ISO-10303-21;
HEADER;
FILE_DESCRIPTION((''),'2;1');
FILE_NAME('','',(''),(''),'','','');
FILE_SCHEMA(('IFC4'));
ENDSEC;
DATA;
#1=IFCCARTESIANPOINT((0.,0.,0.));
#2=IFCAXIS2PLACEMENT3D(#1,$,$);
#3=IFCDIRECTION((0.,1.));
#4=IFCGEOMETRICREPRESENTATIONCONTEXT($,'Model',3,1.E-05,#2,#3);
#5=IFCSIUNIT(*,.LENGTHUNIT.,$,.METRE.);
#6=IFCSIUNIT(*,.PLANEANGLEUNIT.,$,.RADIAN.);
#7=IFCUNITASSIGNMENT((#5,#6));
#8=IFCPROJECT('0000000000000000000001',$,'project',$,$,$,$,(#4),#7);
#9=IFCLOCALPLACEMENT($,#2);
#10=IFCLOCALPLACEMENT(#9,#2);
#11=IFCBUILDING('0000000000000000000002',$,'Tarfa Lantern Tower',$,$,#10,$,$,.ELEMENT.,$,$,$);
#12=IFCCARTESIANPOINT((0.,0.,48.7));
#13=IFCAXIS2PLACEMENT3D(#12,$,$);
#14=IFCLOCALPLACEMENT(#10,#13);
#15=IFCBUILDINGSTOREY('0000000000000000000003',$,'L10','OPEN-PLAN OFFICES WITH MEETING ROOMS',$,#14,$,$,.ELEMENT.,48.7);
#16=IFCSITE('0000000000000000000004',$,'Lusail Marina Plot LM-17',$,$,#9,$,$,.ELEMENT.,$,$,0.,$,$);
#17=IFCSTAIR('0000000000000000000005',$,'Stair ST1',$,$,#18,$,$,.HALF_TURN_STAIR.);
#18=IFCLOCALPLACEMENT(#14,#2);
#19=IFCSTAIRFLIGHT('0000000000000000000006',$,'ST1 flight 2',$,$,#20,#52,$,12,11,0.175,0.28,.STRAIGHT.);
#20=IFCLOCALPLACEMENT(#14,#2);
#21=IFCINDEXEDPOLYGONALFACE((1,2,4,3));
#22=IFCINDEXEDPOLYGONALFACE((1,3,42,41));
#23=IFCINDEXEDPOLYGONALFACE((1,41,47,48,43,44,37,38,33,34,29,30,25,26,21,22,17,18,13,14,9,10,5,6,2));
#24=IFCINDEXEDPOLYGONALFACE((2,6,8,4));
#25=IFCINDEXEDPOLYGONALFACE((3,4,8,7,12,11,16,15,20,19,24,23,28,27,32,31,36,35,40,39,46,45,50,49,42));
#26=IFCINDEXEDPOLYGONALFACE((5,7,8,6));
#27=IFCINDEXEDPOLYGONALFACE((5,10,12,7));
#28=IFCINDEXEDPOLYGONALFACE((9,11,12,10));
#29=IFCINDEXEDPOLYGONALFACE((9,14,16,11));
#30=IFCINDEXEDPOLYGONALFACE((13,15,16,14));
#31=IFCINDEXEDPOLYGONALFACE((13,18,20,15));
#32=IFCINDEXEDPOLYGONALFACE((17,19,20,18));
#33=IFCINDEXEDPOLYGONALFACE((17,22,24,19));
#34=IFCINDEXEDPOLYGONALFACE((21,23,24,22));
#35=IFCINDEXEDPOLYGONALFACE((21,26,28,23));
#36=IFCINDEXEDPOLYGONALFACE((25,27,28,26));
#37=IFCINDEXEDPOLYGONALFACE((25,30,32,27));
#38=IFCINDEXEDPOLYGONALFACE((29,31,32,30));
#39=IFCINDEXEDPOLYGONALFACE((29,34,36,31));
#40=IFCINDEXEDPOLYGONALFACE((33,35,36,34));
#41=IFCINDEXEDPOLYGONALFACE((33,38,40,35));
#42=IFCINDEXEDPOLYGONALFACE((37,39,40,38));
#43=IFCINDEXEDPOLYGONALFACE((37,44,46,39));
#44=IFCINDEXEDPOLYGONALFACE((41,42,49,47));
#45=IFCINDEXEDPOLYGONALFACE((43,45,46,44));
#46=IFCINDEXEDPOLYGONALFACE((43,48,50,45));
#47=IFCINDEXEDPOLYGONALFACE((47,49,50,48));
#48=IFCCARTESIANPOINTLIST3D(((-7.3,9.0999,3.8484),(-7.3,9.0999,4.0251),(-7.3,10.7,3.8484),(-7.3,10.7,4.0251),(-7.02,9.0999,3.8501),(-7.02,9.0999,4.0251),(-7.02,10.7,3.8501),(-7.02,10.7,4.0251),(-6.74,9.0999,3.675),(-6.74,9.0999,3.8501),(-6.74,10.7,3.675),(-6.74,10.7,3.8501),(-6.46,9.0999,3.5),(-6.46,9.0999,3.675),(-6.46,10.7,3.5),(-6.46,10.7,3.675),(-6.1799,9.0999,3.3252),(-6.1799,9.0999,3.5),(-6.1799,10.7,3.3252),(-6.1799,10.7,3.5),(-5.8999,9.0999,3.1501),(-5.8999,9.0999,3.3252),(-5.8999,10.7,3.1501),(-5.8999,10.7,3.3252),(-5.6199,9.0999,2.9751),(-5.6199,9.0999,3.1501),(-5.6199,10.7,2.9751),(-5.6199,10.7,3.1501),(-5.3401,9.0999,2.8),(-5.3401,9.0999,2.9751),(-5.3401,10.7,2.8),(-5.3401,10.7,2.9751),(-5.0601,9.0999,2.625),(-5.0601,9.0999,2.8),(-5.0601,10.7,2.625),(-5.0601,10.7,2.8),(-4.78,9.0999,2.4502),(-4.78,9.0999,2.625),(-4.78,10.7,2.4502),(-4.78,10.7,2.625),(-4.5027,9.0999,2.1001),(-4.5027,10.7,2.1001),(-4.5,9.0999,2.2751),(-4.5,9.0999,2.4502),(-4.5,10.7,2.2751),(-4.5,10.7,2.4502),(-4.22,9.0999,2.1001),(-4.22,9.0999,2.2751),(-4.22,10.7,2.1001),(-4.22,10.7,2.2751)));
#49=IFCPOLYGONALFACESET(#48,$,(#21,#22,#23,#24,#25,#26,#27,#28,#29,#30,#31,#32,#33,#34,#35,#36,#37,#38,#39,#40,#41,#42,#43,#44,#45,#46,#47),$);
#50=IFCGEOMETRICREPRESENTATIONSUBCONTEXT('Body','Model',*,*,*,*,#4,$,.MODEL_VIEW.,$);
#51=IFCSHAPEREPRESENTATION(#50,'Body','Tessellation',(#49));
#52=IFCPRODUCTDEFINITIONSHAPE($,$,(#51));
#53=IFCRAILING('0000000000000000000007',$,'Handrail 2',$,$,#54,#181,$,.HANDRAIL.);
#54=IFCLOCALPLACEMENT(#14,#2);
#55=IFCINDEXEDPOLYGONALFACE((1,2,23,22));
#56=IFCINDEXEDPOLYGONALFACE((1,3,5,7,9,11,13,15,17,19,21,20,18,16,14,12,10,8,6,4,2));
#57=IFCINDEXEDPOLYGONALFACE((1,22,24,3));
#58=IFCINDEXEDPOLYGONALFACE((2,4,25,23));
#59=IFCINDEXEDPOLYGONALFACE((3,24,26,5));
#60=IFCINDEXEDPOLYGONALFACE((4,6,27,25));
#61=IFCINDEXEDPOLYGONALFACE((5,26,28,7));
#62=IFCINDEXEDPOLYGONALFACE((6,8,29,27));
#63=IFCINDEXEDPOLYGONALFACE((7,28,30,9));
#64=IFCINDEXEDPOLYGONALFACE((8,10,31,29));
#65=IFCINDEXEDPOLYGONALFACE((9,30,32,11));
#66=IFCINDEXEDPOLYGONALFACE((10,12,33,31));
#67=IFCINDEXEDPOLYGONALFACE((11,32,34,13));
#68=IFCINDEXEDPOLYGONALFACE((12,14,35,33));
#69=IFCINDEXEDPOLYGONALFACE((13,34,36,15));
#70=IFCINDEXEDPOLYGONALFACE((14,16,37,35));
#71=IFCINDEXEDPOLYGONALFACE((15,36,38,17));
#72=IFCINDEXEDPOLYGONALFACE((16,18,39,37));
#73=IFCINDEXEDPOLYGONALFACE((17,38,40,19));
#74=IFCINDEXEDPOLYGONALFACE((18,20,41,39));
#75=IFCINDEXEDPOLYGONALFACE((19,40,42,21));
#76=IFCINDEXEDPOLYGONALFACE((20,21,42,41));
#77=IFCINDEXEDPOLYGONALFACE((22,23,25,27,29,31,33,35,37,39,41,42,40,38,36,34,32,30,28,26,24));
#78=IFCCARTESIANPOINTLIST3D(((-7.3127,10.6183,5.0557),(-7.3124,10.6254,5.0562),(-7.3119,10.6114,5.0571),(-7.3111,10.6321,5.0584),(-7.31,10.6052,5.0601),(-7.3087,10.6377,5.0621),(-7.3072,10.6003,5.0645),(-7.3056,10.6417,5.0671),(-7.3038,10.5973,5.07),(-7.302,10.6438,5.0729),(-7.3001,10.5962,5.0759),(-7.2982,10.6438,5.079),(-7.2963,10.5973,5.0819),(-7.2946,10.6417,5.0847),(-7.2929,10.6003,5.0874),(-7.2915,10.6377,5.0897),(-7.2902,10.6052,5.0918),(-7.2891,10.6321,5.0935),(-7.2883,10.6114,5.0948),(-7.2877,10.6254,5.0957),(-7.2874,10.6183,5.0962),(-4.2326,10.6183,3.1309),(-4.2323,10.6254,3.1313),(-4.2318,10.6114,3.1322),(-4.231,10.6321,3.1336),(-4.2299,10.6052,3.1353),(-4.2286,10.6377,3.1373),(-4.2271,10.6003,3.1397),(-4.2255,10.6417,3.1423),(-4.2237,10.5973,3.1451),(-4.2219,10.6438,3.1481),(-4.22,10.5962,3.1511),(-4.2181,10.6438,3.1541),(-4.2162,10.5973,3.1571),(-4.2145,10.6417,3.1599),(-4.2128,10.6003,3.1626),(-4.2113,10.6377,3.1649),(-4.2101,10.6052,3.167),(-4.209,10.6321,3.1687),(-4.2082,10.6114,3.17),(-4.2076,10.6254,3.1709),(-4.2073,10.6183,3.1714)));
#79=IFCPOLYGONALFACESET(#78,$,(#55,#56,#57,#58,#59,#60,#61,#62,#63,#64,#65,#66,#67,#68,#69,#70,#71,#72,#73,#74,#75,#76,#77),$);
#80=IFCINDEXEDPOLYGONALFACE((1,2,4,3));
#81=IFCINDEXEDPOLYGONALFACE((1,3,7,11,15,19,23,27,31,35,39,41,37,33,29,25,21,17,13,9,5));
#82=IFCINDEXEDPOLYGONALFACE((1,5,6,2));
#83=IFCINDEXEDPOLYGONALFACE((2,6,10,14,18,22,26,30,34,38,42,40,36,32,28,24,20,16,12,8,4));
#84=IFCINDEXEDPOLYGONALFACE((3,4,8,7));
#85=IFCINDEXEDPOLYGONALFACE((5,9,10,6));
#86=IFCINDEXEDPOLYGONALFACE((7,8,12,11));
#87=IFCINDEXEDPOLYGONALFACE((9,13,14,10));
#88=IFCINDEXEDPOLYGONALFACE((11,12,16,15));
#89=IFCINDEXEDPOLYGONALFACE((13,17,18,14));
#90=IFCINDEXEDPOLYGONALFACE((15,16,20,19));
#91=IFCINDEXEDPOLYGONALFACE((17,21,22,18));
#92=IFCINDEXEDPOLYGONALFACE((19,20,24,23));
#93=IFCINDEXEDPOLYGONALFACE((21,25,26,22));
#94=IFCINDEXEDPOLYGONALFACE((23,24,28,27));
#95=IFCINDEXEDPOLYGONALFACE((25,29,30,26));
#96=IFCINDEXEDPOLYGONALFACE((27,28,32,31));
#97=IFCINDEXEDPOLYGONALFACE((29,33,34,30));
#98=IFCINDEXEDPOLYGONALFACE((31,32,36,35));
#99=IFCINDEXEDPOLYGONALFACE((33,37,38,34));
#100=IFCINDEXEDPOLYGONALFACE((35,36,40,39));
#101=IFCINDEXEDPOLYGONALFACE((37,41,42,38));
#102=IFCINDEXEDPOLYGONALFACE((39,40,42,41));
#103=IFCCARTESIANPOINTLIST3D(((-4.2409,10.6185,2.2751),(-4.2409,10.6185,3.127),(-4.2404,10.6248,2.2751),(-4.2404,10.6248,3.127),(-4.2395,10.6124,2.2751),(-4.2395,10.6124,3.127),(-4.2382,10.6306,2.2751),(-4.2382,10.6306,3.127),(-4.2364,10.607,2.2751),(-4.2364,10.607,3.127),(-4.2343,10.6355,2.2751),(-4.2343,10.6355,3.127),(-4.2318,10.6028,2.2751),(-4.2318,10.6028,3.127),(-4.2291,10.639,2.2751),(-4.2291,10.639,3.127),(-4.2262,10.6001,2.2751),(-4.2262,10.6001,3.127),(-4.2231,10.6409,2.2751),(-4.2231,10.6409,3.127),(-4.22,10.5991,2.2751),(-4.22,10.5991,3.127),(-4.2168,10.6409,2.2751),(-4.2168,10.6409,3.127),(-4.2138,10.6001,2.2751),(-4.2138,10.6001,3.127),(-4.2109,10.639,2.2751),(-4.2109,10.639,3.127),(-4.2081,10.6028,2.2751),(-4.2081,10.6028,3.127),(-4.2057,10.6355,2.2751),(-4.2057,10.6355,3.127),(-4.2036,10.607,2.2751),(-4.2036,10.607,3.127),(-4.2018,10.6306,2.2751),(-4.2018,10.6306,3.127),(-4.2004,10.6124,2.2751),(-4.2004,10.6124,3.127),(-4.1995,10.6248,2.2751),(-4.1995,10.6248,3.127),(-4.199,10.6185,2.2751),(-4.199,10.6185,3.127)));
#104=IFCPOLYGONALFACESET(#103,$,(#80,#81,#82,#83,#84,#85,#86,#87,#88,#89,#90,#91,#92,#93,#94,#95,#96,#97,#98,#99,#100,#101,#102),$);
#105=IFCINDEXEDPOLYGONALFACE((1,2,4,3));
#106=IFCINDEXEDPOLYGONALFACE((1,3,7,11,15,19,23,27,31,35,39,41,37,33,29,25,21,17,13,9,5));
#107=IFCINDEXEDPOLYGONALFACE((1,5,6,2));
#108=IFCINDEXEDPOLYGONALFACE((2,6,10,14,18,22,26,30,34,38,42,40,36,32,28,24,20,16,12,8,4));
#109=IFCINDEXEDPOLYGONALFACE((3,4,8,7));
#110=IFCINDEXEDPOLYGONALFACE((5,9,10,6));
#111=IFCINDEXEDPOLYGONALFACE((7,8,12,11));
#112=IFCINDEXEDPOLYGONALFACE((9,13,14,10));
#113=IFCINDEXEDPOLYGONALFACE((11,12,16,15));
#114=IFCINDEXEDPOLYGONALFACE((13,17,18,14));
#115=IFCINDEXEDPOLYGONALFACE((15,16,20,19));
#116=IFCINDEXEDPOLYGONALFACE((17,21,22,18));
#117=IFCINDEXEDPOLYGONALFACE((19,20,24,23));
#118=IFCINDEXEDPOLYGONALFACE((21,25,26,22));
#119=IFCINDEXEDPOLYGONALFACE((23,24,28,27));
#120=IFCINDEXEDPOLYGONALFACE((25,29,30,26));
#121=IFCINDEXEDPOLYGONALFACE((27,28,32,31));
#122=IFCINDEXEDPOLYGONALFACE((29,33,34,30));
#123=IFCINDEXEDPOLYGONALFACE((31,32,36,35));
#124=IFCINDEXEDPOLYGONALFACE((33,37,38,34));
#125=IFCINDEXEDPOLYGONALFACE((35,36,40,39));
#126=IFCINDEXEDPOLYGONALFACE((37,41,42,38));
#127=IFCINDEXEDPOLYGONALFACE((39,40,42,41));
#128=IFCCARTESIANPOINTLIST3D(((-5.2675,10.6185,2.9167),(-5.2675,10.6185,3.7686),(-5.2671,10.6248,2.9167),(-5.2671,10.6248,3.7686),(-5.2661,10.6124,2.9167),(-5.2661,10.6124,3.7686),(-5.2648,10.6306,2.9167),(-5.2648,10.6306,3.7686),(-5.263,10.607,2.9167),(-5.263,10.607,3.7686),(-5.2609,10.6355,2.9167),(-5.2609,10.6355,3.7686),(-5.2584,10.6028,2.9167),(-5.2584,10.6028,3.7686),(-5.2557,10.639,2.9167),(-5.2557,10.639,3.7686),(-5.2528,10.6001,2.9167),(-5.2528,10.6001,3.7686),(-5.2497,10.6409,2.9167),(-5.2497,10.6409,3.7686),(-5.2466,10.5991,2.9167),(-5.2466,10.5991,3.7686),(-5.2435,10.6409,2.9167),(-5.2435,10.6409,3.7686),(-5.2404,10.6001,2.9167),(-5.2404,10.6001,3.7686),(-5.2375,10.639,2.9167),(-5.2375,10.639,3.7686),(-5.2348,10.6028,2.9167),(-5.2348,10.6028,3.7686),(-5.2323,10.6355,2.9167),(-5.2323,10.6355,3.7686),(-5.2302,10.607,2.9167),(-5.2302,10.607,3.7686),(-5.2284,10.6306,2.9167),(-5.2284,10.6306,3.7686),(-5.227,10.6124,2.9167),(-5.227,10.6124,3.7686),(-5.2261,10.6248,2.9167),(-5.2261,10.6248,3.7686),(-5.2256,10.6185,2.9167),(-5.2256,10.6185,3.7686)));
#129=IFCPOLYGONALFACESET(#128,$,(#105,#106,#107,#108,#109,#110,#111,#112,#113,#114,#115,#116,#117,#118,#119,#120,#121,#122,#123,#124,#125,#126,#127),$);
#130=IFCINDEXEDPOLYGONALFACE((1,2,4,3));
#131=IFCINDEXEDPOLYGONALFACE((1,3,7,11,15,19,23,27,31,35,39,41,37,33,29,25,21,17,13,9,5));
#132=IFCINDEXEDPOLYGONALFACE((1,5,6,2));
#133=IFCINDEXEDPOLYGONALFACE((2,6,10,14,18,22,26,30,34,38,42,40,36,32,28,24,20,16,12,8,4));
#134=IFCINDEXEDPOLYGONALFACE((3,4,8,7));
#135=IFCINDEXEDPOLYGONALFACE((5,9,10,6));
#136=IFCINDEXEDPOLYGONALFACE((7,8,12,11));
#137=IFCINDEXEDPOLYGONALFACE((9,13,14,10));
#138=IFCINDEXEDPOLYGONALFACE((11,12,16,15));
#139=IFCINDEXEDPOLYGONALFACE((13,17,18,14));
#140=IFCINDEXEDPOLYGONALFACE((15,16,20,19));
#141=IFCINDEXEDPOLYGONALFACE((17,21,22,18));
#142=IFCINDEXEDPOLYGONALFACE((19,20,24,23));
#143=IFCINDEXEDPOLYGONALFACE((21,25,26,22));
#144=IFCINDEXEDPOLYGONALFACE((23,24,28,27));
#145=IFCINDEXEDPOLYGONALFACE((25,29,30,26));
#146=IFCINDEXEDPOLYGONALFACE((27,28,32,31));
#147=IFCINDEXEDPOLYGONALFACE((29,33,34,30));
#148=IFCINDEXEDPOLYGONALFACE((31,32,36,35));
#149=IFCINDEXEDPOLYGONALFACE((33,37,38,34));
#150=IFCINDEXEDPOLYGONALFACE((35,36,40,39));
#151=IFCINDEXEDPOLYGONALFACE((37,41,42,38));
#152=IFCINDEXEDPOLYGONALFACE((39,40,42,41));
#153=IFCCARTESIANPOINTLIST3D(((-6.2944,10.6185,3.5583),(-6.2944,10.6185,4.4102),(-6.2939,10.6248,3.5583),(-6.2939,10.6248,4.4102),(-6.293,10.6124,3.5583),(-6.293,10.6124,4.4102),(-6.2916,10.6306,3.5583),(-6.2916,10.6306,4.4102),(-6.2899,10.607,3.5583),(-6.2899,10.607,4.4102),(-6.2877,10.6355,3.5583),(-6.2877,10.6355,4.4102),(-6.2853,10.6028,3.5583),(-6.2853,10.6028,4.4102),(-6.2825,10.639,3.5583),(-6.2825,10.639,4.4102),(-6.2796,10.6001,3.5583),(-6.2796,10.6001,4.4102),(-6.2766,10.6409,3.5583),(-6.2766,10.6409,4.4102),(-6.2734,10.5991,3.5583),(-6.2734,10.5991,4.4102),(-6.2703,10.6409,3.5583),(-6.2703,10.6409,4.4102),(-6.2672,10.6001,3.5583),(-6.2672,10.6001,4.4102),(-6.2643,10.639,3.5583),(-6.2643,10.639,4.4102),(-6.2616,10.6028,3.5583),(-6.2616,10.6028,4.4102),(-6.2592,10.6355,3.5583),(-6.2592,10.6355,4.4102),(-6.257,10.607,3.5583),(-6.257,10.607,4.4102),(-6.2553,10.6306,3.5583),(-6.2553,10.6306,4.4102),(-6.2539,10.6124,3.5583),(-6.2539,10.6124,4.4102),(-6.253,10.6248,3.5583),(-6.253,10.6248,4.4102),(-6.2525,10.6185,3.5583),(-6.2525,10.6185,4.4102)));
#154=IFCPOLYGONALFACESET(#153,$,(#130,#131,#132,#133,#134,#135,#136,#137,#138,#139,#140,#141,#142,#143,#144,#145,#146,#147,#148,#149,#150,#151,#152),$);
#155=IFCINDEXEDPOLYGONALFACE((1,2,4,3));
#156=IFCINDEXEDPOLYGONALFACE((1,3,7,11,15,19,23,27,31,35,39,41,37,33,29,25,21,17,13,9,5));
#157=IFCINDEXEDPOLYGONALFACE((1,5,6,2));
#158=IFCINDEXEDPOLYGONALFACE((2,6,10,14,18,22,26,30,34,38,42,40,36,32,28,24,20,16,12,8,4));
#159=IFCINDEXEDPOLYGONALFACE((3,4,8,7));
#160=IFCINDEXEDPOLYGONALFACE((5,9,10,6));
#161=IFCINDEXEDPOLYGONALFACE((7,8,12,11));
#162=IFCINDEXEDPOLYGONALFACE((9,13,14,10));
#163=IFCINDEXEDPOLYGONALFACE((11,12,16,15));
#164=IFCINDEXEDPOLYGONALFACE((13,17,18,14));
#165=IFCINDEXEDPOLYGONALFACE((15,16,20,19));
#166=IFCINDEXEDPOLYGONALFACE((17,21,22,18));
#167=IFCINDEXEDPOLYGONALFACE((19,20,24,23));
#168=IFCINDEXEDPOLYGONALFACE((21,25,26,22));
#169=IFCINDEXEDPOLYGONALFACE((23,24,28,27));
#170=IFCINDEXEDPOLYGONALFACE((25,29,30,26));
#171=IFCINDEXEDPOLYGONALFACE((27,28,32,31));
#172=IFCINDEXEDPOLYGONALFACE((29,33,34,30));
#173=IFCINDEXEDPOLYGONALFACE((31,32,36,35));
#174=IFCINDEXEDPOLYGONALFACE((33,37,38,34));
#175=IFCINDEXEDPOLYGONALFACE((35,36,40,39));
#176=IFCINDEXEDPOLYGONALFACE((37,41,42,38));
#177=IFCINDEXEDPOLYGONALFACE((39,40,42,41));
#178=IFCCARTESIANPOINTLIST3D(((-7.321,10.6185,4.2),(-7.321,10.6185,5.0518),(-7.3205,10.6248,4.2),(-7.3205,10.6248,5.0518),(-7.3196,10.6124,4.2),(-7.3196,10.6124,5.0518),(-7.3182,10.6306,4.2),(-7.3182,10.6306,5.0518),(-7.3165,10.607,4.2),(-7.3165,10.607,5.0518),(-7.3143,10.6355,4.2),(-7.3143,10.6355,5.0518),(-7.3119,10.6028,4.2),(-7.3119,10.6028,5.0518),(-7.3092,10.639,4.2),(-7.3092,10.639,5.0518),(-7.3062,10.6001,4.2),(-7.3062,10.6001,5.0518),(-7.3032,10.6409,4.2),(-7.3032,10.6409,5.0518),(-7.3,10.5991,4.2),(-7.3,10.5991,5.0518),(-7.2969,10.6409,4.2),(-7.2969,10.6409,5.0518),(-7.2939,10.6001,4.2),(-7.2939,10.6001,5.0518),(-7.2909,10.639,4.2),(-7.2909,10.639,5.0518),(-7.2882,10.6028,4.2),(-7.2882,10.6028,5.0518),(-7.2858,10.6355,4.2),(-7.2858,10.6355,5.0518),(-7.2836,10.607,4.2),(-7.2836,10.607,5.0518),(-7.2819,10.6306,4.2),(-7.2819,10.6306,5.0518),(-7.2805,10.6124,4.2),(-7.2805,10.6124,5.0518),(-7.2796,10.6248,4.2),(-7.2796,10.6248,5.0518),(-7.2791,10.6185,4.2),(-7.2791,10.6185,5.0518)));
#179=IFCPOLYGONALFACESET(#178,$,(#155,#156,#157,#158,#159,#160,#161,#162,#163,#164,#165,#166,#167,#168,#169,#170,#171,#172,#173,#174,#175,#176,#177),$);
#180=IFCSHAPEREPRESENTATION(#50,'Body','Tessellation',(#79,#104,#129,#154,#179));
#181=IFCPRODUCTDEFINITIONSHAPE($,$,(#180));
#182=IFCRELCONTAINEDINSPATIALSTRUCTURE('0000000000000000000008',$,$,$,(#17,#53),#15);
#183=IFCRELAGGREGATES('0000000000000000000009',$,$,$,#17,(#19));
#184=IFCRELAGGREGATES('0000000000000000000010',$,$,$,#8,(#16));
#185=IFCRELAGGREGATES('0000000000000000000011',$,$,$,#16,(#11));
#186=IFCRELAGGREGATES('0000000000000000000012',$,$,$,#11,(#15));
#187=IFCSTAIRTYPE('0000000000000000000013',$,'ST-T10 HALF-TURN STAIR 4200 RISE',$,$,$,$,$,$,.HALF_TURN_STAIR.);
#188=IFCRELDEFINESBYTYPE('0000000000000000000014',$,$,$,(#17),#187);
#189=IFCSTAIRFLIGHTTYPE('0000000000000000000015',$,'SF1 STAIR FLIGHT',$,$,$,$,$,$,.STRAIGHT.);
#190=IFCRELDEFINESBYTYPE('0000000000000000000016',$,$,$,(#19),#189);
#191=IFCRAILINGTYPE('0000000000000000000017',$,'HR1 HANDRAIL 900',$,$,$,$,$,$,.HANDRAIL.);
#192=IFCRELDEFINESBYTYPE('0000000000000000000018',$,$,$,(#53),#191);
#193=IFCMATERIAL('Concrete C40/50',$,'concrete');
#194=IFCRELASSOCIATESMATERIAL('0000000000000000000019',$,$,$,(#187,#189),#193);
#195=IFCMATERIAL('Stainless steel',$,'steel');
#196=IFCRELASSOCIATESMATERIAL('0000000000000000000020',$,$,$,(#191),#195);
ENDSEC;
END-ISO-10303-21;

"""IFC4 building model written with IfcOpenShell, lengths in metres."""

from ifc_helpers import new_model, si_unit, direction, frame, origin, origin_2d, place, context, subcontext, project, spatial, polyline, circle, outline, extrude, material, type_object, element, aggregate, save


model = new_model("IFC4")

# Units and contexts
model_context = context("Model", 3, precision=1e-05, world=origin(), true_north=direction((0.0, 1.0)))
body_context = subcontext(model_context, "Body", "Model", "MODEL_VIEW")
ifc_project = project(units=[si_unit("LENGTHUNIT", "METRE"), si_unit("PLANEANGLEUNIT", "RADIAN")], contexts=[model_context])

# Site, building, storey
site_placement = place(None, origin())
site = spatial("IfcSite", under=ifc_project, at=site_placement, Name="Lusail Marina Plot LM-17", CompositionType="ELEMENT", RefElevation=0.0)
building_placement = place(site_placement, origin())
building = spatial("IfcBuilding", under=site, at=building_placement, Name="Tarfa Lantern Tower", CompositionType="ELEMENT")
storey_placement = place(building_placement, frame((0.0, 0.0, 48.7)))
storey = spatial("IfcBuildingStorey", under=building, at=storey_placement, Name="L10", Description="OPEN-PLAN OFFICES WITH MEETING ROOMS", CompositionType="ELEMENT", Elevation=48.7)

# Stair, stair flight
ifc_material_1 = material(Name="Concrete C40/50", Category="concrete")
stair_type = type_object("IfcStairType", Name="ST-T10 HALF-TURN STAIR 4200 RISE", PredefinedType="HALF_TURN_STAIR", material=ifc_material_1)
stair_placement = place(storey_placement, origin())
stair = element("IfcStair", 1, at=stair_placement, inside=storey, type_object=stair_type, Name="Stair ST1", PredefinedType="HALF_TURN_STAIR")
stair_flight_type = type_object("IfcStairFlightType", Name="SF1 STAIR FLIGHT", PredefinedType="STRAIGHT", material=ifc_material_1)
stair_flight_placement = place(storey_placement, frame((-4.22, 9.8999, 2.1001), z_axis=(0.0, 0.0, 1.0), x_axis=(-1.0, 0.0, 0.0)))
stair_flight = element("IfcStairFlight", 2, at=stair_flight_placement, type_object=stair_flight_type, Name="ST1 flight 2", NumberOfRisers=12, NumberOfTreads=11, PredefinedType="STRAIGHT", RiserHeight=0.175, TreadLength=0.28, context=body_context, shape_type="SweptSolid", body=[
    extrude(outline(polyline([(0.0, 0.0), (0.0, 0.175), (0.28, 0.175), (0.28, 0.3501), (0.5601, 0.3501), (0.5601, 0.5249), (0.8401, 0.5249), (0.8401, 0.7), (1.1201, 0.7), (1.1201, 0.875), (1.3999, 0.875), (1.3999, 1.05), (1.6799, 1.05), (1.6799, 1.2251), (1.96, 1.2251), (1.96, 1.3999), (2.24, 1.3999), (2.24, 1.575), (2.52, 1.575), (2.52, 1.75), (2.8, 1.75), (2.8, 1.925), (3.0801, 1.925), (3.0801, 2.1001), (3.0801, 1.7483), (0.2827, 0.0), (0.0, 0.0)])), frame((0.0, 0.8, 0.0), z_axis=(0.0, -1.0, 0.0), x_axis=(1.0, 0.0, 0.0)), (0.0, 0.0, 1.0), 1.6001),
])
aggregate(stair, [stair_flight])

# Railing
ifc_material_2 = material(Name="Stainless steel", Category="steel")
railing_type = type_object("IfcRailingType", Name="HR1 HANDRAIL 900", PredefinedType="HANDRAIL", material=ifc_material_2)
railing_placement = place(storey_placement, frame((-4.22, 10.6201, 2.2751)))
element("IfcRailing", 3, at=railing_placement, inside=storey, type_object=railing_type, Name="Handrail 2", PredefinedType="HANDRAIL", context=body_context, shape_type="SweptSolid", body=[
    extrude(circle(Radius=0.0239, at=origin_2d()), frame((0.0, 0.0, 0.876), z_axis=(-0.848029, 0.0, 0.529951), x_axis=(0.0, -1.0, 0.0)), (0.0, 0.0, 1.0), 3.6321),
    extrude(circle(Radius=0.021, at=origin_2d()), frame((0.0, 0.0, 0.0), z_axis=(0.0, 0.0, 1.0), x_axis=(0.0, -1.0, 0.0)), (0.0, 0.0, 1.0), 0.8518),
    extrude(circle(Radius=0.021, at=origin_2d()), frame((-1.0266, 0.0, 0.6416), z_axis=(0.0, 0.0, 1.0), x_axis=(0.0, -1.0, 0.0)), (0.0, 0.0, 1.0), 0.8518),
    extrude(circle(Radius=0.021, at=origin_2d()), frame((-2.0535, 0.0, 1.2832), z_axis=(0.0, 0.0, 1.0), x_axis=(0.0, -1.0, 0.0)), (0.0, 0.0, 1.0), 0.8518),
    extrude(circle(Radius=0.021, at=origin_2d()), frame((-3.0801, 0.0, 1.9248), z_axis=(0.0, 0.0, 1.0), x_axis=(0.0, -1.0, 0.0)), (0.0, 0.0, 1.0), 0.8518),
])

save(model, "model.ifc")
